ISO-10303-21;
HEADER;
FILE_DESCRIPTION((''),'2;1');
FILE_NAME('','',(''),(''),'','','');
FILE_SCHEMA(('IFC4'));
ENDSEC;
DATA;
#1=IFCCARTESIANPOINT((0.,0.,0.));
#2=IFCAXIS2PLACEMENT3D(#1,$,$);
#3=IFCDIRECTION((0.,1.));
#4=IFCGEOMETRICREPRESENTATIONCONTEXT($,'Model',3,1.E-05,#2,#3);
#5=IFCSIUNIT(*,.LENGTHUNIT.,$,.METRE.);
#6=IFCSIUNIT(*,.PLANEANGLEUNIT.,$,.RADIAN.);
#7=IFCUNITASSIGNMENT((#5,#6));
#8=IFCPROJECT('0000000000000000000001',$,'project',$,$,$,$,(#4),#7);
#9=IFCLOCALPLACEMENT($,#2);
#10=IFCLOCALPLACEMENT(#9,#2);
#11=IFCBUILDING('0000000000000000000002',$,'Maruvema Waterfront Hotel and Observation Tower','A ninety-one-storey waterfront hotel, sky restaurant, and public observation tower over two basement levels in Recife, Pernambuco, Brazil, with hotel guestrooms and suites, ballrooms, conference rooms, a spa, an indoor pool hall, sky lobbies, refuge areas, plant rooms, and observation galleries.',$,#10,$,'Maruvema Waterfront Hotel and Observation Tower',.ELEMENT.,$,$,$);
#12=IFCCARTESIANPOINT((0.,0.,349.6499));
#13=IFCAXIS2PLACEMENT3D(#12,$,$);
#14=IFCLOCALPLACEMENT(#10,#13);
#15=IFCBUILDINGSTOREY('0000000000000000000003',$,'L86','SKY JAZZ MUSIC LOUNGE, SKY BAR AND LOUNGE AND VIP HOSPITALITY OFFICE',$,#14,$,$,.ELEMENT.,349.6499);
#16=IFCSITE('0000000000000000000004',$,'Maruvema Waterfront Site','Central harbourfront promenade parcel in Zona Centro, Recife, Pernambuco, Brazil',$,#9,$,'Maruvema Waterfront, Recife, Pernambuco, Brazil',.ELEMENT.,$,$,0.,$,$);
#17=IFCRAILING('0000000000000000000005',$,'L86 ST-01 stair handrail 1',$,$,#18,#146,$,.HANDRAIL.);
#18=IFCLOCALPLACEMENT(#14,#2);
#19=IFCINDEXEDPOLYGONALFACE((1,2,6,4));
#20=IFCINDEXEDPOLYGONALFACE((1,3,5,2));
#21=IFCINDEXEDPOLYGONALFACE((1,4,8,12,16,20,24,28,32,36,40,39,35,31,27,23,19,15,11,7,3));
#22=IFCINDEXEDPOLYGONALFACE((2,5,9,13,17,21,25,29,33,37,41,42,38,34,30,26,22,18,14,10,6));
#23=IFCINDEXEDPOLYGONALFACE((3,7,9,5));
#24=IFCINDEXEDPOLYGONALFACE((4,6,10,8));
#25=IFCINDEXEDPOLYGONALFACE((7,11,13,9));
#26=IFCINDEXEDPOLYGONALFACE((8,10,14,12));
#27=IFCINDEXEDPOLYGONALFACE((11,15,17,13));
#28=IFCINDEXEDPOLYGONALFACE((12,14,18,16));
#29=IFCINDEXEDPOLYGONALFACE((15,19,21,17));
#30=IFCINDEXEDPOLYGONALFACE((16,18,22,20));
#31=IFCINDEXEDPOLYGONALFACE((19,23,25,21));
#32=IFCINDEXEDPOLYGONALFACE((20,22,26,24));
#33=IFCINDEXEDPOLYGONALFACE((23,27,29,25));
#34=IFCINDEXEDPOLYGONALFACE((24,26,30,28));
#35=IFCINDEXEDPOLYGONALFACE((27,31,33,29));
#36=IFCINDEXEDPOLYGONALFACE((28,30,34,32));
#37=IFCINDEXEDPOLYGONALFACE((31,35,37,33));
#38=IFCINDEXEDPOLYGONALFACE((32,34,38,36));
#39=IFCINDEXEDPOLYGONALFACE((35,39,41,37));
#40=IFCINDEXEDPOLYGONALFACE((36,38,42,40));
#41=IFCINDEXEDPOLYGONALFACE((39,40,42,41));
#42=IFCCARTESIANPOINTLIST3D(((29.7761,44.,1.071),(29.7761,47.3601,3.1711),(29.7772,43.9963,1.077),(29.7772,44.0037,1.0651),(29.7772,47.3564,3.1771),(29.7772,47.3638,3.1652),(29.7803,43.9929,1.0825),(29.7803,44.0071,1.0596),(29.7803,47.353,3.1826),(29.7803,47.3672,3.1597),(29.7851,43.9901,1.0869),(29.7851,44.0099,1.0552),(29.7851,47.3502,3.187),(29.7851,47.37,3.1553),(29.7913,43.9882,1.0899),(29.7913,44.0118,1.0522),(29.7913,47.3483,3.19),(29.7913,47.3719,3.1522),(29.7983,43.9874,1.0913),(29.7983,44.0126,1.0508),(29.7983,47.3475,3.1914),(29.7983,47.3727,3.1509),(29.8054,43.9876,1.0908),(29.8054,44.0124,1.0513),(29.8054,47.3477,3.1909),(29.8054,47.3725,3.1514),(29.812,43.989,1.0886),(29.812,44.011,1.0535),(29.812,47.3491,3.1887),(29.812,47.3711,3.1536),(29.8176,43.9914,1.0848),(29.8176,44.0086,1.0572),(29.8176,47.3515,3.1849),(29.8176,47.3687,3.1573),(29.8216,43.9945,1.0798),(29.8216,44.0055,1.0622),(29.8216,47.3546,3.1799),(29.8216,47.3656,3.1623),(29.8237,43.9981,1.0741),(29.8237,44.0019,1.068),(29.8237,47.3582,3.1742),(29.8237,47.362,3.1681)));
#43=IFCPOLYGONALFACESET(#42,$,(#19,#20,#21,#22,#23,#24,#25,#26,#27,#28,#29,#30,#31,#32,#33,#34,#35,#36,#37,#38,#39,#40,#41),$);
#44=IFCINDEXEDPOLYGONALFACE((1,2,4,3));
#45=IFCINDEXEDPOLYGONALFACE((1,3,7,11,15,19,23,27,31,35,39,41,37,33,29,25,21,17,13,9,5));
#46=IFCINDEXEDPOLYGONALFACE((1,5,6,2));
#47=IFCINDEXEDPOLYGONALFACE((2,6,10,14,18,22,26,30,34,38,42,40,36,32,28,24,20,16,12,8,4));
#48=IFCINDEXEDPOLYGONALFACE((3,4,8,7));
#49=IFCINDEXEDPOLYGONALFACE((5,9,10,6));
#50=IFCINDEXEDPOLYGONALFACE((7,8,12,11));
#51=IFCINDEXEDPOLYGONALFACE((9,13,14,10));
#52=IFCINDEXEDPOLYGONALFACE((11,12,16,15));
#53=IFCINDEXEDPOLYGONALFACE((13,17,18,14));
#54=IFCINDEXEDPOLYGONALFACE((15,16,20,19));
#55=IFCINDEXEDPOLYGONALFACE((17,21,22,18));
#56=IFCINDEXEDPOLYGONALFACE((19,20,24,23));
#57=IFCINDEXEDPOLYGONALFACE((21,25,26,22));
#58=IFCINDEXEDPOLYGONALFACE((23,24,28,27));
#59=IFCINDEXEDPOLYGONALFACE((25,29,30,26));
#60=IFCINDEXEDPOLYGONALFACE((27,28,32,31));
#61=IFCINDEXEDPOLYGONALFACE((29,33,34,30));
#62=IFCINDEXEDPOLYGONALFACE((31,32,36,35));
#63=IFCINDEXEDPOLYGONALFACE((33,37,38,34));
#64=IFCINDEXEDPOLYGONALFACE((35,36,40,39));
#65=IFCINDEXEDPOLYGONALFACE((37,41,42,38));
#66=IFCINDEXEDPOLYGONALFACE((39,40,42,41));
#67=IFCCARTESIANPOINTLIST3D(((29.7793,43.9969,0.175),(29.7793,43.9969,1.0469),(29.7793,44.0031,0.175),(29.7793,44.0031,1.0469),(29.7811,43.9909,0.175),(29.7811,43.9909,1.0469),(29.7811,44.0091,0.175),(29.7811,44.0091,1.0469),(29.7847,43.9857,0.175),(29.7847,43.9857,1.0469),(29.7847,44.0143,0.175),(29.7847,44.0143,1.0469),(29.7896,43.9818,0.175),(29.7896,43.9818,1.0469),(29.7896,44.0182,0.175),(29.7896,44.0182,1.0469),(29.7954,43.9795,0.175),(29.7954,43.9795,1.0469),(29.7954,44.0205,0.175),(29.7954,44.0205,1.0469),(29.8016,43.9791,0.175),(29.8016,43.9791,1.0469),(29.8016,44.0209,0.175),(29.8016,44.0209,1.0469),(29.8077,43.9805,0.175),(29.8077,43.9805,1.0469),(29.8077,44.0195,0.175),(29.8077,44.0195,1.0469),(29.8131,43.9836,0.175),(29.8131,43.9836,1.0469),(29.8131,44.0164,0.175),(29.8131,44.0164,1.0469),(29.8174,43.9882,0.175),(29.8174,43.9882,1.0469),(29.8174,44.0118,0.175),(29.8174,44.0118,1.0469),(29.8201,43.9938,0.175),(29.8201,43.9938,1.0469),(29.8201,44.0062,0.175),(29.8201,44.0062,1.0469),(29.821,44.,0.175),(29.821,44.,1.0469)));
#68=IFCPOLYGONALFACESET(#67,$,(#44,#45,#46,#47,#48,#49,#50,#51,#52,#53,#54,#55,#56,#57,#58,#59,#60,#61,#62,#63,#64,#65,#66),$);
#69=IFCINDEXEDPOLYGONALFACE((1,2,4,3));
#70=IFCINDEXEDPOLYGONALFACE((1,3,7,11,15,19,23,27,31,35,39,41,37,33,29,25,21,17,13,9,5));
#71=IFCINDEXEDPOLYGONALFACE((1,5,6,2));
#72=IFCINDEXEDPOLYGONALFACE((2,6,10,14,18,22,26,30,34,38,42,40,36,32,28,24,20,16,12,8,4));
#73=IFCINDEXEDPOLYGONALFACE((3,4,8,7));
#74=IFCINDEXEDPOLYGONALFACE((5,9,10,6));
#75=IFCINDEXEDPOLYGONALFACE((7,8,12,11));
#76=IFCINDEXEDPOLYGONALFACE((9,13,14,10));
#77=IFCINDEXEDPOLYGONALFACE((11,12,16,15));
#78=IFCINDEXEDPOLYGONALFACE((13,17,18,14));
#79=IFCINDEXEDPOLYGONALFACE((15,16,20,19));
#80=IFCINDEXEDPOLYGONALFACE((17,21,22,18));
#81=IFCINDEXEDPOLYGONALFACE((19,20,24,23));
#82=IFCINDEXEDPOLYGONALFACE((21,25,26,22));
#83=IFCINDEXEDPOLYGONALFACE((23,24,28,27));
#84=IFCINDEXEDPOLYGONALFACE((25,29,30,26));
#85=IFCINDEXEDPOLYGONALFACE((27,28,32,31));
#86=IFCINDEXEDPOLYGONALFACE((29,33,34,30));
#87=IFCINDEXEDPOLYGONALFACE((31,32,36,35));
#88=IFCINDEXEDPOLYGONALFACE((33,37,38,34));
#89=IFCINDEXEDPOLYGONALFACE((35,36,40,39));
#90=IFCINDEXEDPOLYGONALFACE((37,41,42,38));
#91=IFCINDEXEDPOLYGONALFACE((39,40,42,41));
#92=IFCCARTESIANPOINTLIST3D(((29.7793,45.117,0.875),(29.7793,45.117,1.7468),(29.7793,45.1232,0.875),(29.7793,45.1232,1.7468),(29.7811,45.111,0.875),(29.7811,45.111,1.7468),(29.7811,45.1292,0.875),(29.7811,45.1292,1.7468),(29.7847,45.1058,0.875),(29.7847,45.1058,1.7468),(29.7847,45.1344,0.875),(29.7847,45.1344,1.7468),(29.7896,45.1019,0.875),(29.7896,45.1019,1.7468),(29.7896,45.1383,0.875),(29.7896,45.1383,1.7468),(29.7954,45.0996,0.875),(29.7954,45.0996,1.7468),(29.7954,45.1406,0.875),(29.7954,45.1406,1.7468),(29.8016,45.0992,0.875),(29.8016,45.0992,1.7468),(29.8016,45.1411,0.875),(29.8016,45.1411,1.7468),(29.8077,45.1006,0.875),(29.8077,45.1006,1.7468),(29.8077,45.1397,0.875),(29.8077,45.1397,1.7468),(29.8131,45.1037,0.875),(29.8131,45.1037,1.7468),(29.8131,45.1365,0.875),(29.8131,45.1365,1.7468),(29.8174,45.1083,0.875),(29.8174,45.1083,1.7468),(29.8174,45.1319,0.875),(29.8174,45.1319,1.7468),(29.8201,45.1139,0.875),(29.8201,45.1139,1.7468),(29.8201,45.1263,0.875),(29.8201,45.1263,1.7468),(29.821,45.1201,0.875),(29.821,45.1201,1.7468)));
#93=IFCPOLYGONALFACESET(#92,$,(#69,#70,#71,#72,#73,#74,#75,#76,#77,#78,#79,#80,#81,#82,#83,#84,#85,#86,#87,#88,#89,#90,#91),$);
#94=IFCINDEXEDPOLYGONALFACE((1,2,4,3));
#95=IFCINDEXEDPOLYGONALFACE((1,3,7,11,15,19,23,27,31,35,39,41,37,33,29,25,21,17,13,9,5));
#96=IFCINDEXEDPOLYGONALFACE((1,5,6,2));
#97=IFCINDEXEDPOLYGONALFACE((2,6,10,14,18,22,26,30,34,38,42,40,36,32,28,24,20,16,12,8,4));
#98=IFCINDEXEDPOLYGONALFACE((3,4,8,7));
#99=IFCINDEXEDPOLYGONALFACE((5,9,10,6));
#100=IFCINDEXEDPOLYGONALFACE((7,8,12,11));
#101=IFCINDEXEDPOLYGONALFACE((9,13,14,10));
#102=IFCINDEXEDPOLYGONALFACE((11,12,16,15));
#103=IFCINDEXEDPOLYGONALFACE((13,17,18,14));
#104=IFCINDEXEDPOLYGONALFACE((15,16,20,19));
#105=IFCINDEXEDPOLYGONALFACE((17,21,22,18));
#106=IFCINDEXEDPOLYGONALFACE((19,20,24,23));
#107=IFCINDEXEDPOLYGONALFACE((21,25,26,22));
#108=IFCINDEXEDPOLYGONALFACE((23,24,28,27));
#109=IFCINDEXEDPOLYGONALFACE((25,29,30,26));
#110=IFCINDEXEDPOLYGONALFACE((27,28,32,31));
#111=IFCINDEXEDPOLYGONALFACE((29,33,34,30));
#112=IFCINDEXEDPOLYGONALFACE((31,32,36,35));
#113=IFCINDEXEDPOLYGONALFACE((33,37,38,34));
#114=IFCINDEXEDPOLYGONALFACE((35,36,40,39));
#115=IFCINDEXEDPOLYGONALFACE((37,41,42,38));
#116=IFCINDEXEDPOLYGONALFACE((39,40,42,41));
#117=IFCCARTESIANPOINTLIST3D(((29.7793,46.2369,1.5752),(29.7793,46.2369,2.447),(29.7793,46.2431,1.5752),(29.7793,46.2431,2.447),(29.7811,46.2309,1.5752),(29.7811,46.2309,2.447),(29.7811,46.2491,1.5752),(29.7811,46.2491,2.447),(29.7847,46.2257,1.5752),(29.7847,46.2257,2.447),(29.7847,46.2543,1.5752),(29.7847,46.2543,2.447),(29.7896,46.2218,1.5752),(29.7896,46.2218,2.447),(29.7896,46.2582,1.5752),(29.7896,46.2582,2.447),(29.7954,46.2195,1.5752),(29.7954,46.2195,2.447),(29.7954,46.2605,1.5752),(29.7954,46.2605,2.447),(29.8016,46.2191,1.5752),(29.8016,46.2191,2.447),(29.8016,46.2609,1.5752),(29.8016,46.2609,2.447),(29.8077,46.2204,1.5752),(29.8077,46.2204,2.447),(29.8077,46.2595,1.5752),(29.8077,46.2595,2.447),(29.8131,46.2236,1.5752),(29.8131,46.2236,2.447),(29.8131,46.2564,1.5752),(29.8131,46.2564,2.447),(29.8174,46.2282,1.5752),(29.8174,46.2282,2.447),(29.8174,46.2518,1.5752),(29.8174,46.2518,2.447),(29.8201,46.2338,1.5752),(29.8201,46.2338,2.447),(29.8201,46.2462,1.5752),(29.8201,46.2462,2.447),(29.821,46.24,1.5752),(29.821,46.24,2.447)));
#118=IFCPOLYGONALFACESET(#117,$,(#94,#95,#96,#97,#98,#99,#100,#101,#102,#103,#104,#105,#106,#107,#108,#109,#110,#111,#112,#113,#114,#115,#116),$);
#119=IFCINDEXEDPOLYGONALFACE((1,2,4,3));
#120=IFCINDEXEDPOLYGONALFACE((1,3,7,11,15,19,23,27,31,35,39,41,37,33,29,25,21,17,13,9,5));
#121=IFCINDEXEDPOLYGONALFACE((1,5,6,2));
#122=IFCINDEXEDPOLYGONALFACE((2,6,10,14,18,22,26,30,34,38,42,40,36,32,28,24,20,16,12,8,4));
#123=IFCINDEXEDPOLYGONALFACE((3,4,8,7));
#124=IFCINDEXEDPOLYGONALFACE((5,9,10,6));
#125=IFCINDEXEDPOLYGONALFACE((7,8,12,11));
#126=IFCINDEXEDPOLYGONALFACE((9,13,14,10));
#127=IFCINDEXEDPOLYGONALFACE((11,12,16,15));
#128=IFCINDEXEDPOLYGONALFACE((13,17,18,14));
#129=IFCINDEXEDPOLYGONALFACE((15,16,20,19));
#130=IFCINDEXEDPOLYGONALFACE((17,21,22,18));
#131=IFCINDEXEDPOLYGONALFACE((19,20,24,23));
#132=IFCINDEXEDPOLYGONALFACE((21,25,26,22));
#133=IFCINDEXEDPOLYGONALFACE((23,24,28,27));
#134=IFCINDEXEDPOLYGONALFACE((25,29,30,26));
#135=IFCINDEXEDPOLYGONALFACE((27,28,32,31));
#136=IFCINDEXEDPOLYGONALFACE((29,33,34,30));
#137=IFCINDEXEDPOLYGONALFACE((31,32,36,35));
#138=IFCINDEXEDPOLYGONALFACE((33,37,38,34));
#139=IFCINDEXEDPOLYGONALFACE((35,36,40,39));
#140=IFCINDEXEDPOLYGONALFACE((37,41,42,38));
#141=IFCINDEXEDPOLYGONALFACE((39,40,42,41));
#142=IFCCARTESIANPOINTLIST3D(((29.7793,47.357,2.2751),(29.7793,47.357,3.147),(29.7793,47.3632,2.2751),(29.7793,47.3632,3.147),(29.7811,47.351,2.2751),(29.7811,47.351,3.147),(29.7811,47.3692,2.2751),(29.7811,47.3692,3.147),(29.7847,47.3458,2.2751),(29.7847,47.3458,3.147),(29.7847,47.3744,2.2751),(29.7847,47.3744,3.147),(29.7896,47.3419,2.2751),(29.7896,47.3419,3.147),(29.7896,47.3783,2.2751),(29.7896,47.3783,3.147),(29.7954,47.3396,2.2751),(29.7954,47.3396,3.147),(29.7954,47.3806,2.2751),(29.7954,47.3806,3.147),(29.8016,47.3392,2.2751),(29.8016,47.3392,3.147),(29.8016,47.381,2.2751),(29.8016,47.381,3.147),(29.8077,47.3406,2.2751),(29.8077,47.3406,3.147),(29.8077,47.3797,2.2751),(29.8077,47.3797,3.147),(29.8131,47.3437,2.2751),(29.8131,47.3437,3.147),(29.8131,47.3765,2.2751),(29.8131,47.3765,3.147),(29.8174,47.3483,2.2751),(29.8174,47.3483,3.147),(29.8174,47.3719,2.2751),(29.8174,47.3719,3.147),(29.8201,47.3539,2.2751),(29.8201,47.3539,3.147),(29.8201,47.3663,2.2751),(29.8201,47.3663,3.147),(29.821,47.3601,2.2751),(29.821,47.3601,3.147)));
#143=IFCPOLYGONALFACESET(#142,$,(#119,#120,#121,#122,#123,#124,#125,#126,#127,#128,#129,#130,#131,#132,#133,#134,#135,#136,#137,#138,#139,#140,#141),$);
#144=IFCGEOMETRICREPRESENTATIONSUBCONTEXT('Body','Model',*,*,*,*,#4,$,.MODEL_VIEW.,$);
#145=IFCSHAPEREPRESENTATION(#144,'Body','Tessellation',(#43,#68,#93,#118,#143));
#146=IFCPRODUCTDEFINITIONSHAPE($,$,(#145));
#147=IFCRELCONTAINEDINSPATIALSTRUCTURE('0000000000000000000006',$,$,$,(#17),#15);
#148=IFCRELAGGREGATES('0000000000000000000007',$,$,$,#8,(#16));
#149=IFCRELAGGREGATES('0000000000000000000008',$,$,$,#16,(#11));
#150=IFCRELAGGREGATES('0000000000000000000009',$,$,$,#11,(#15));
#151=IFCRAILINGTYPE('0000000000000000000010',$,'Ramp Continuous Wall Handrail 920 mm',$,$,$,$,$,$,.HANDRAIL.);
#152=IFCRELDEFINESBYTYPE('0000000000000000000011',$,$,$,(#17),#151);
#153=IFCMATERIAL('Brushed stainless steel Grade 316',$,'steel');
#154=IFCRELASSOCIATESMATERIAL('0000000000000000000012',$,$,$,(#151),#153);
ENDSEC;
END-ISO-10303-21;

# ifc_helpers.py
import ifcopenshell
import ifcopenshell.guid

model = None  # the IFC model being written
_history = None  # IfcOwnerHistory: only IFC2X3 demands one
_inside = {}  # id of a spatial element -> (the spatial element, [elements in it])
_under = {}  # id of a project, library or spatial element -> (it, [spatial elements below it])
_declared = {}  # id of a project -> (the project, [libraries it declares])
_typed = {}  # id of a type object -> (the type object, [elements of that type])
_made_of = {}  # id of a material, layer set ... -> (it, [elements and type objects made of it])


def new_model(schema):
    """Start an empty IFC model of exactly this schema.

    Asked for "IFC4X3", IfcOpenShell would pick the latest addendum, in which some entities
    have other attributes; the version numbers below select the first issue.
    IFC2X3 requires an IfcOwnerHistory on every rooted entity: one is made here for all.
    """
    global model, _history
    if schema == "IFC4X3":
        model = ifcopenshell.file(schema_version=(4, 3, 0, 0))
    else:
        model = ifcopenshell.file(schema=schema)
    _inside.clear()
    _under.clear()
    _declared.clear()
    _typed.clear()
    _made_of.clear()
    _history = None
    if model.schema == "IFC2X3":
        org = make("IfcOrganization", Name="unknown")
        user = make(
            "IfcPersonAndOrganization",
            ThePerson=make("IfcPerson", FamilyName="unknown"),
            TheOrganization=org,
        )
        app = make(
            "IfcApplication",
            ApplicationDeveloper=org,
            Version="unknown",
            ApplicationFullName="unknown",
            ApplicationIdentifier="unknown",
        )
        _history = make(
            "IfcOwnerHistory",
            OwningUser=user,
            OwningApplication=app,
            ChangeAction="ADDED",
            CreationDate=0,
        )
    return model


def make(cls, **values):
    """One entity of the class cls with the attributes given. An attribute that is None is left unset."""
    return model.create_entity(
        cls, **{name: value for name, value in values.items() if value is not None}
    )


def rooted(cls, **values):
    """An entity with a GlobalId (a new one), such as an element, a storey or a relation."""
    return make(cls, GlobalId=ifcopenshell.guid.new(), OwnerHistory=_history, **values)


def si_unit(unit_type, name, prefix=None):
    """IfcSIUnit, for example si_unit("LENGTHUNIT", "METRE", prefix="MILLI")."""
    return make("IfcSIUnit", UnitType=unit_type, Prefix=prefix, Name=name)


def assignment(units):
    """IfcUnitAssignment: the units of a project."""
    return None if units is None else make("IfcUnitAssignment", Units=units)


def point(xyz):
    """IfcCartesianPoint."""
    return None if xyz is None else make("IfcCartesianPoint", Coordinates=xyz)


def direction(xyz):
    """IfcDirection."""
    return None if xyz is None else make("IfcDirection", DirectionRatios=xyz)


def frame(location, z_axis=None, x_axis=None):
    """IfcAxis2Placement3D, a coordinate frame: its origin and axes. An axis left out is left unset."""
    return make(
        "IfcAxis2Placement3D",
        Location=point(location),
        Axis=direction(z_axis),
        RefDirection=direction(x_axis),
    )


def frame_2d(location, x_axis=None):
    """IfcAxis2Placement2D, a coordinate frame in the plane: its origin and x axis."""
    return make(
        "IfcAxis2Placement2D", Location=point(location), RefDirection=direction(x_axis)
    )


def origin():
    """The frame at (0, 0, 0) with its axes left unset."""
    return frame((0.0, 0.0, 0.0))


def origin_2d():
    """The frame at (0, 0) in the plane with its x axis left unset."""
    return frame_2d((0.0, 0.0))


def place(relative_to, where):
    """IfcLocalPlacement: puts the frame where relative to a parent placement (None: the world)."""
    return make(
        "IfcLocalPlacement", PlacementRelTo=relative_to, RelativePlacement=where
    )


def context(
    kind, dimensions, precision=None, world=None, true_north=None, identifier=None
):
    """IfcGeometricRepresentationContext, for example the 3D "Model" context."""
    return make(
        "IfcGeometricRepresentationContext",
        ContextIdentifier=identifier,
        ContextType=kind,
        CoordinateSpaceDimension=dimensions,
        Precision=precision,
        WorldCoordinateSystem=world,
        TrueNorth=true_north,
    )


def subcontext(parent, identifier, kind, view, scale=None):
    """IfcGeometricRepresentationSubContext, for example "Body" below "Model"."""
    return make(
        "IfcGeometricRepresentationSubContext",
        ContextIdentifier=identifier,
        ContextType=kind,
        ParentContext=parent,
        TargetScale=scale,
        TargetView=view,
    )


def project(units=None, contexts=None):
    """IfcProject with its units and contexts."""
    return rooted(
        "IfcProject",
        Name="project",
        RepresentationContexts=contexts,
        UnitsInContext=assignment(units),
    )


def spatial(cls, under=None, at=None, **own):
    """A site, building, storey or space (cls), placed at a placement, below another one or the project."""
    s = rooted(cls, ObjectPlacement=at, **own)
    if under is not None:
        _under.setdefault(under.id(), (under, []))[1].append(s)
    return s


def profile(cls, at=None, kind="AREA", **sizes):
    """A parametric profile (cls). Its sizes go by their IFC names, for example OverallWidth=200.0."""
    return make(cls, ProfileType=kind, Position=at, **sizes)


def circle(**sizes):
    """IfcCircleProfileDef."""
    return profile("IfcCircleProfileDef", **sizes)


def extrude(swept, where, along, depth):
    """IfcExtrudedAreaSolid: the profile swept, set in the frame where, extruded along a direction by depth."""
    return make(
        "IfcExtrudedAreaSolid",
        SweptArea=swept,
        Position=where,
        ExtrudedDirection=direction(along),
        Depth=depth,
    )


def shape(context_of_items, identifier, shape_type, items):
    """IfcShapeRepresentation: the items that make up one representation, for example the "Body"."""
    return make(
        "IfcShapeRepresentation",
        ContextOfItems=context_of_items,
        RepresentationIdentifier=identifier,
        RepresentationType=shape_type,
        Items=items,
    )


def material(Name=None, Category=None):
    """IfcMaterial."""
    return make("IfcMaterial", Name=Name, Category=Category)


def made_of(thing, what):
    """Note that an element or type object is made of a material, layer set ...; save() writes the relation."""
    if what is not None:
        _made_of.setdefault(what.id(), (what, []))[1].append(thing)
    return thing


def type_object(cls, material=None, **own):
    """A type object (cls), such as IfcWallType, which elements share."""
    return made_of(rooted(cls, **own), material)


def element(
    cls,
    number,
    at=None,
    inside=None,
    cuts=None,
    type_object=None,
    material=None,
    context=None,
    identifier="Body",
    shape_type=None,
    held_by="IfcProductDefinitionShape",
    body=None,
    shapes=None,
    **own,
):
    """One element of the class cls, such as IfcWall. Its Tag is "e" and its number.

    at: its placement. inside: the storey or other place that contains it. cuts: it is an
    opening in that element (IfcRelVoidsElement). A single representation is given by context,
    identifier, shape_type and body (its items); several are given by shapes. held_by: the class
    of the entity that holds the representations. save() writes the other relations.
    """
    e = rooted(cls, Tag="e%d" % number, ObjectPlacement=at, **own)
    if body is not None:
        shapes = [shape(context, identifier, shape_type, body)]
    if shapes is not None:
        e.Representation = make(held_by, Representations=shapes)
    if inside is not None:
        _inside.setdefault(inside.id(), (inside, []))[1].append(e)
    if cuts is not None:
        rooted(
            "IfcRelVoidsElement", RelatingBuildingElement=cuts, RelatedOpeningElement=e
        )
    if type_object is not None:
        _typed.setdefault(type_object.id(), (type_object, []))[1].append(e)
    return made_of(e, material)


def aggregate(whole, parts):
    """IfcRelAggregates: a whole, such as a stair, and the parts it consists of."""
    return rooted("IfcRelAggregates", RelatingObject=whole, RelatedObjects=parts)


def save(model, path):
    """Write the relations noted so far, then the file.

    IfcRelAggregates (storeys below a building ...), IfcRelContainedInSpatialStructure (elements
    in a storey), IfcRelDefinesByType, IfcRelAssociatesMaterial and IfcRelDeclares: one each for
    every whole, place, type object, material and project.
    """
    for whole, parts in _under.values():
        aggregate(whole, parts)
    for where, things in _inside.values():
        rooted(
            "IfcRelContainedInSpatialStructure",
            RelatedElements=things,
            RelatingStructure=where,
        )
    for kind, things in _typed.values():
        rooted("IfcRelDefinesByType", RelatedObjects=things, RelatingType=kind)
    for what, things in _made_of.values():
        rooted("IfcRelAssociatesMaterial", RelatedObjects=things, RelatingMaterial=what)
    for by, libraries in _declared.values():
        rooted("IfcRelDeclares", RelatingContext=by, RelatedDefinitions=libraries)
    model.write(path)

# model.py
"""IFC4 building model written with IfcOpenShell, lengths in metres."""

from ifc_helpers import new_model, si_unit, direction, frame, origin, origin_2d, place, context, subcontext, project, spatial, circle, extrude, material, type_object, element, save


model = new_model("IFC4")

# Units and contexts
model_context = context("Model", 3, precision=1e-05, world=origin(), true_north=direction((0.0, 1.0)))
body_context = subcontext(model_context, "Body", "Model", "MODEL_VIEW")
ifc_project = project(units=[si_unit("LENGTHUNIT", "METRE"), si_unit("PLANEANGLEUNIT", "RADIAN")], contexts=[model_context])

# Site, building, storey
site_placement = place(None, origin())
site = spatial("IfcSite", under=ifc_project, at=site_placement, Name="Maruvema Waterfront Site", Description="Central harbourfront promenade parcel in Zona Centro, Recife, Pernambuco, Brazil", LongName="Maruvema Waterfront, Recife, Pernambuco, Brazil", CompositionType="ELEMENT", RefElevation=0.0)
building_placement = place(site_placement, origin())
building = spatial("IfcBuilding", under=site, at=building_placement, Name="Maruvema Waterfront Hotel and Observation Tower", Description="A ninety-one-storey waterfront hotel, sky restaurant, and public observation tower over two basement levels in Recife, Pernambuco, Brazil, with hotel guestrooms and suites, ballrooms, conference rooms, a spa, an indoor pool hall, sky lobbies, refuge areas, plant rooms, and observation galleries.", LongName="Maruvema Waterfront Hotel and Observation Tower", CompositionType="ELEMENT")
storey_placement = place(building_placement, frame((0.0, 0.0, 349.6499)))
storey = spatial("IfcBuildingStorey", under=building, at=storey_placement, Name="L86", Description="SKY JAZZ MUSIC LOUNGE, SKY BAR AND LOUNGE AND VIP HOSPITALITY OFFICE", CompositionType="ELEMENT", Elevation=349.6499)

# Railing
ifc_material_1 = material(Name="Brushed stainless steel Grade 316", Category="steel")
railing_type_1 = type_object("IfcRailingType", Name="Ramp Continuous Wall Handrail 920 mm", PredefinedType="HANDRAIL", material=ifc_material_1)
railing_1_placement = place(storey_placement, frame((29.8, 44.0, 0.175)))
element("IfcRailing", 1, at=railing_1_placement, inside=storey, type_object=railing_type_1, Name="L86 ST-01 stair handrail 1", PredefinedType="HANDRAIL", context=body_context, shape_type="SweptSolid", body=[
    extrude(circle(Radius=0.0239, at=origin_2d()), frame((0.0, 0.0, 0.896), z_axis=(0.0, 0.847995, 0.530004), x_axis=(-1.0, 0.0, 0.0)), (0.0, 0.0, 1.0), 3.9624),
    extrude(circle(Radius=0.021, at=origin_2d()), origin(), (0.0, 0.0, 1.0), 0.8718),
    extrude(circle(Radius=0.021, at=origin_2d()), frame((0.0, 1.1201, 0.7)), (0.0, 0.0, 1.0), 0.8718),
    extrude(circle(Radius=0.021, at=origin_2d()), frame((0.0, 2.24, 1.4001)), (0.0, 0.0, 1.0), 0.8718),
    extrude(circle(Radius=0.021, at=origin_2d()), frame((0.0, 3.3601, 2.1001)), (0.0, 0.0, 1.0), 0.8718),
])

save(model, "model.ifc")
